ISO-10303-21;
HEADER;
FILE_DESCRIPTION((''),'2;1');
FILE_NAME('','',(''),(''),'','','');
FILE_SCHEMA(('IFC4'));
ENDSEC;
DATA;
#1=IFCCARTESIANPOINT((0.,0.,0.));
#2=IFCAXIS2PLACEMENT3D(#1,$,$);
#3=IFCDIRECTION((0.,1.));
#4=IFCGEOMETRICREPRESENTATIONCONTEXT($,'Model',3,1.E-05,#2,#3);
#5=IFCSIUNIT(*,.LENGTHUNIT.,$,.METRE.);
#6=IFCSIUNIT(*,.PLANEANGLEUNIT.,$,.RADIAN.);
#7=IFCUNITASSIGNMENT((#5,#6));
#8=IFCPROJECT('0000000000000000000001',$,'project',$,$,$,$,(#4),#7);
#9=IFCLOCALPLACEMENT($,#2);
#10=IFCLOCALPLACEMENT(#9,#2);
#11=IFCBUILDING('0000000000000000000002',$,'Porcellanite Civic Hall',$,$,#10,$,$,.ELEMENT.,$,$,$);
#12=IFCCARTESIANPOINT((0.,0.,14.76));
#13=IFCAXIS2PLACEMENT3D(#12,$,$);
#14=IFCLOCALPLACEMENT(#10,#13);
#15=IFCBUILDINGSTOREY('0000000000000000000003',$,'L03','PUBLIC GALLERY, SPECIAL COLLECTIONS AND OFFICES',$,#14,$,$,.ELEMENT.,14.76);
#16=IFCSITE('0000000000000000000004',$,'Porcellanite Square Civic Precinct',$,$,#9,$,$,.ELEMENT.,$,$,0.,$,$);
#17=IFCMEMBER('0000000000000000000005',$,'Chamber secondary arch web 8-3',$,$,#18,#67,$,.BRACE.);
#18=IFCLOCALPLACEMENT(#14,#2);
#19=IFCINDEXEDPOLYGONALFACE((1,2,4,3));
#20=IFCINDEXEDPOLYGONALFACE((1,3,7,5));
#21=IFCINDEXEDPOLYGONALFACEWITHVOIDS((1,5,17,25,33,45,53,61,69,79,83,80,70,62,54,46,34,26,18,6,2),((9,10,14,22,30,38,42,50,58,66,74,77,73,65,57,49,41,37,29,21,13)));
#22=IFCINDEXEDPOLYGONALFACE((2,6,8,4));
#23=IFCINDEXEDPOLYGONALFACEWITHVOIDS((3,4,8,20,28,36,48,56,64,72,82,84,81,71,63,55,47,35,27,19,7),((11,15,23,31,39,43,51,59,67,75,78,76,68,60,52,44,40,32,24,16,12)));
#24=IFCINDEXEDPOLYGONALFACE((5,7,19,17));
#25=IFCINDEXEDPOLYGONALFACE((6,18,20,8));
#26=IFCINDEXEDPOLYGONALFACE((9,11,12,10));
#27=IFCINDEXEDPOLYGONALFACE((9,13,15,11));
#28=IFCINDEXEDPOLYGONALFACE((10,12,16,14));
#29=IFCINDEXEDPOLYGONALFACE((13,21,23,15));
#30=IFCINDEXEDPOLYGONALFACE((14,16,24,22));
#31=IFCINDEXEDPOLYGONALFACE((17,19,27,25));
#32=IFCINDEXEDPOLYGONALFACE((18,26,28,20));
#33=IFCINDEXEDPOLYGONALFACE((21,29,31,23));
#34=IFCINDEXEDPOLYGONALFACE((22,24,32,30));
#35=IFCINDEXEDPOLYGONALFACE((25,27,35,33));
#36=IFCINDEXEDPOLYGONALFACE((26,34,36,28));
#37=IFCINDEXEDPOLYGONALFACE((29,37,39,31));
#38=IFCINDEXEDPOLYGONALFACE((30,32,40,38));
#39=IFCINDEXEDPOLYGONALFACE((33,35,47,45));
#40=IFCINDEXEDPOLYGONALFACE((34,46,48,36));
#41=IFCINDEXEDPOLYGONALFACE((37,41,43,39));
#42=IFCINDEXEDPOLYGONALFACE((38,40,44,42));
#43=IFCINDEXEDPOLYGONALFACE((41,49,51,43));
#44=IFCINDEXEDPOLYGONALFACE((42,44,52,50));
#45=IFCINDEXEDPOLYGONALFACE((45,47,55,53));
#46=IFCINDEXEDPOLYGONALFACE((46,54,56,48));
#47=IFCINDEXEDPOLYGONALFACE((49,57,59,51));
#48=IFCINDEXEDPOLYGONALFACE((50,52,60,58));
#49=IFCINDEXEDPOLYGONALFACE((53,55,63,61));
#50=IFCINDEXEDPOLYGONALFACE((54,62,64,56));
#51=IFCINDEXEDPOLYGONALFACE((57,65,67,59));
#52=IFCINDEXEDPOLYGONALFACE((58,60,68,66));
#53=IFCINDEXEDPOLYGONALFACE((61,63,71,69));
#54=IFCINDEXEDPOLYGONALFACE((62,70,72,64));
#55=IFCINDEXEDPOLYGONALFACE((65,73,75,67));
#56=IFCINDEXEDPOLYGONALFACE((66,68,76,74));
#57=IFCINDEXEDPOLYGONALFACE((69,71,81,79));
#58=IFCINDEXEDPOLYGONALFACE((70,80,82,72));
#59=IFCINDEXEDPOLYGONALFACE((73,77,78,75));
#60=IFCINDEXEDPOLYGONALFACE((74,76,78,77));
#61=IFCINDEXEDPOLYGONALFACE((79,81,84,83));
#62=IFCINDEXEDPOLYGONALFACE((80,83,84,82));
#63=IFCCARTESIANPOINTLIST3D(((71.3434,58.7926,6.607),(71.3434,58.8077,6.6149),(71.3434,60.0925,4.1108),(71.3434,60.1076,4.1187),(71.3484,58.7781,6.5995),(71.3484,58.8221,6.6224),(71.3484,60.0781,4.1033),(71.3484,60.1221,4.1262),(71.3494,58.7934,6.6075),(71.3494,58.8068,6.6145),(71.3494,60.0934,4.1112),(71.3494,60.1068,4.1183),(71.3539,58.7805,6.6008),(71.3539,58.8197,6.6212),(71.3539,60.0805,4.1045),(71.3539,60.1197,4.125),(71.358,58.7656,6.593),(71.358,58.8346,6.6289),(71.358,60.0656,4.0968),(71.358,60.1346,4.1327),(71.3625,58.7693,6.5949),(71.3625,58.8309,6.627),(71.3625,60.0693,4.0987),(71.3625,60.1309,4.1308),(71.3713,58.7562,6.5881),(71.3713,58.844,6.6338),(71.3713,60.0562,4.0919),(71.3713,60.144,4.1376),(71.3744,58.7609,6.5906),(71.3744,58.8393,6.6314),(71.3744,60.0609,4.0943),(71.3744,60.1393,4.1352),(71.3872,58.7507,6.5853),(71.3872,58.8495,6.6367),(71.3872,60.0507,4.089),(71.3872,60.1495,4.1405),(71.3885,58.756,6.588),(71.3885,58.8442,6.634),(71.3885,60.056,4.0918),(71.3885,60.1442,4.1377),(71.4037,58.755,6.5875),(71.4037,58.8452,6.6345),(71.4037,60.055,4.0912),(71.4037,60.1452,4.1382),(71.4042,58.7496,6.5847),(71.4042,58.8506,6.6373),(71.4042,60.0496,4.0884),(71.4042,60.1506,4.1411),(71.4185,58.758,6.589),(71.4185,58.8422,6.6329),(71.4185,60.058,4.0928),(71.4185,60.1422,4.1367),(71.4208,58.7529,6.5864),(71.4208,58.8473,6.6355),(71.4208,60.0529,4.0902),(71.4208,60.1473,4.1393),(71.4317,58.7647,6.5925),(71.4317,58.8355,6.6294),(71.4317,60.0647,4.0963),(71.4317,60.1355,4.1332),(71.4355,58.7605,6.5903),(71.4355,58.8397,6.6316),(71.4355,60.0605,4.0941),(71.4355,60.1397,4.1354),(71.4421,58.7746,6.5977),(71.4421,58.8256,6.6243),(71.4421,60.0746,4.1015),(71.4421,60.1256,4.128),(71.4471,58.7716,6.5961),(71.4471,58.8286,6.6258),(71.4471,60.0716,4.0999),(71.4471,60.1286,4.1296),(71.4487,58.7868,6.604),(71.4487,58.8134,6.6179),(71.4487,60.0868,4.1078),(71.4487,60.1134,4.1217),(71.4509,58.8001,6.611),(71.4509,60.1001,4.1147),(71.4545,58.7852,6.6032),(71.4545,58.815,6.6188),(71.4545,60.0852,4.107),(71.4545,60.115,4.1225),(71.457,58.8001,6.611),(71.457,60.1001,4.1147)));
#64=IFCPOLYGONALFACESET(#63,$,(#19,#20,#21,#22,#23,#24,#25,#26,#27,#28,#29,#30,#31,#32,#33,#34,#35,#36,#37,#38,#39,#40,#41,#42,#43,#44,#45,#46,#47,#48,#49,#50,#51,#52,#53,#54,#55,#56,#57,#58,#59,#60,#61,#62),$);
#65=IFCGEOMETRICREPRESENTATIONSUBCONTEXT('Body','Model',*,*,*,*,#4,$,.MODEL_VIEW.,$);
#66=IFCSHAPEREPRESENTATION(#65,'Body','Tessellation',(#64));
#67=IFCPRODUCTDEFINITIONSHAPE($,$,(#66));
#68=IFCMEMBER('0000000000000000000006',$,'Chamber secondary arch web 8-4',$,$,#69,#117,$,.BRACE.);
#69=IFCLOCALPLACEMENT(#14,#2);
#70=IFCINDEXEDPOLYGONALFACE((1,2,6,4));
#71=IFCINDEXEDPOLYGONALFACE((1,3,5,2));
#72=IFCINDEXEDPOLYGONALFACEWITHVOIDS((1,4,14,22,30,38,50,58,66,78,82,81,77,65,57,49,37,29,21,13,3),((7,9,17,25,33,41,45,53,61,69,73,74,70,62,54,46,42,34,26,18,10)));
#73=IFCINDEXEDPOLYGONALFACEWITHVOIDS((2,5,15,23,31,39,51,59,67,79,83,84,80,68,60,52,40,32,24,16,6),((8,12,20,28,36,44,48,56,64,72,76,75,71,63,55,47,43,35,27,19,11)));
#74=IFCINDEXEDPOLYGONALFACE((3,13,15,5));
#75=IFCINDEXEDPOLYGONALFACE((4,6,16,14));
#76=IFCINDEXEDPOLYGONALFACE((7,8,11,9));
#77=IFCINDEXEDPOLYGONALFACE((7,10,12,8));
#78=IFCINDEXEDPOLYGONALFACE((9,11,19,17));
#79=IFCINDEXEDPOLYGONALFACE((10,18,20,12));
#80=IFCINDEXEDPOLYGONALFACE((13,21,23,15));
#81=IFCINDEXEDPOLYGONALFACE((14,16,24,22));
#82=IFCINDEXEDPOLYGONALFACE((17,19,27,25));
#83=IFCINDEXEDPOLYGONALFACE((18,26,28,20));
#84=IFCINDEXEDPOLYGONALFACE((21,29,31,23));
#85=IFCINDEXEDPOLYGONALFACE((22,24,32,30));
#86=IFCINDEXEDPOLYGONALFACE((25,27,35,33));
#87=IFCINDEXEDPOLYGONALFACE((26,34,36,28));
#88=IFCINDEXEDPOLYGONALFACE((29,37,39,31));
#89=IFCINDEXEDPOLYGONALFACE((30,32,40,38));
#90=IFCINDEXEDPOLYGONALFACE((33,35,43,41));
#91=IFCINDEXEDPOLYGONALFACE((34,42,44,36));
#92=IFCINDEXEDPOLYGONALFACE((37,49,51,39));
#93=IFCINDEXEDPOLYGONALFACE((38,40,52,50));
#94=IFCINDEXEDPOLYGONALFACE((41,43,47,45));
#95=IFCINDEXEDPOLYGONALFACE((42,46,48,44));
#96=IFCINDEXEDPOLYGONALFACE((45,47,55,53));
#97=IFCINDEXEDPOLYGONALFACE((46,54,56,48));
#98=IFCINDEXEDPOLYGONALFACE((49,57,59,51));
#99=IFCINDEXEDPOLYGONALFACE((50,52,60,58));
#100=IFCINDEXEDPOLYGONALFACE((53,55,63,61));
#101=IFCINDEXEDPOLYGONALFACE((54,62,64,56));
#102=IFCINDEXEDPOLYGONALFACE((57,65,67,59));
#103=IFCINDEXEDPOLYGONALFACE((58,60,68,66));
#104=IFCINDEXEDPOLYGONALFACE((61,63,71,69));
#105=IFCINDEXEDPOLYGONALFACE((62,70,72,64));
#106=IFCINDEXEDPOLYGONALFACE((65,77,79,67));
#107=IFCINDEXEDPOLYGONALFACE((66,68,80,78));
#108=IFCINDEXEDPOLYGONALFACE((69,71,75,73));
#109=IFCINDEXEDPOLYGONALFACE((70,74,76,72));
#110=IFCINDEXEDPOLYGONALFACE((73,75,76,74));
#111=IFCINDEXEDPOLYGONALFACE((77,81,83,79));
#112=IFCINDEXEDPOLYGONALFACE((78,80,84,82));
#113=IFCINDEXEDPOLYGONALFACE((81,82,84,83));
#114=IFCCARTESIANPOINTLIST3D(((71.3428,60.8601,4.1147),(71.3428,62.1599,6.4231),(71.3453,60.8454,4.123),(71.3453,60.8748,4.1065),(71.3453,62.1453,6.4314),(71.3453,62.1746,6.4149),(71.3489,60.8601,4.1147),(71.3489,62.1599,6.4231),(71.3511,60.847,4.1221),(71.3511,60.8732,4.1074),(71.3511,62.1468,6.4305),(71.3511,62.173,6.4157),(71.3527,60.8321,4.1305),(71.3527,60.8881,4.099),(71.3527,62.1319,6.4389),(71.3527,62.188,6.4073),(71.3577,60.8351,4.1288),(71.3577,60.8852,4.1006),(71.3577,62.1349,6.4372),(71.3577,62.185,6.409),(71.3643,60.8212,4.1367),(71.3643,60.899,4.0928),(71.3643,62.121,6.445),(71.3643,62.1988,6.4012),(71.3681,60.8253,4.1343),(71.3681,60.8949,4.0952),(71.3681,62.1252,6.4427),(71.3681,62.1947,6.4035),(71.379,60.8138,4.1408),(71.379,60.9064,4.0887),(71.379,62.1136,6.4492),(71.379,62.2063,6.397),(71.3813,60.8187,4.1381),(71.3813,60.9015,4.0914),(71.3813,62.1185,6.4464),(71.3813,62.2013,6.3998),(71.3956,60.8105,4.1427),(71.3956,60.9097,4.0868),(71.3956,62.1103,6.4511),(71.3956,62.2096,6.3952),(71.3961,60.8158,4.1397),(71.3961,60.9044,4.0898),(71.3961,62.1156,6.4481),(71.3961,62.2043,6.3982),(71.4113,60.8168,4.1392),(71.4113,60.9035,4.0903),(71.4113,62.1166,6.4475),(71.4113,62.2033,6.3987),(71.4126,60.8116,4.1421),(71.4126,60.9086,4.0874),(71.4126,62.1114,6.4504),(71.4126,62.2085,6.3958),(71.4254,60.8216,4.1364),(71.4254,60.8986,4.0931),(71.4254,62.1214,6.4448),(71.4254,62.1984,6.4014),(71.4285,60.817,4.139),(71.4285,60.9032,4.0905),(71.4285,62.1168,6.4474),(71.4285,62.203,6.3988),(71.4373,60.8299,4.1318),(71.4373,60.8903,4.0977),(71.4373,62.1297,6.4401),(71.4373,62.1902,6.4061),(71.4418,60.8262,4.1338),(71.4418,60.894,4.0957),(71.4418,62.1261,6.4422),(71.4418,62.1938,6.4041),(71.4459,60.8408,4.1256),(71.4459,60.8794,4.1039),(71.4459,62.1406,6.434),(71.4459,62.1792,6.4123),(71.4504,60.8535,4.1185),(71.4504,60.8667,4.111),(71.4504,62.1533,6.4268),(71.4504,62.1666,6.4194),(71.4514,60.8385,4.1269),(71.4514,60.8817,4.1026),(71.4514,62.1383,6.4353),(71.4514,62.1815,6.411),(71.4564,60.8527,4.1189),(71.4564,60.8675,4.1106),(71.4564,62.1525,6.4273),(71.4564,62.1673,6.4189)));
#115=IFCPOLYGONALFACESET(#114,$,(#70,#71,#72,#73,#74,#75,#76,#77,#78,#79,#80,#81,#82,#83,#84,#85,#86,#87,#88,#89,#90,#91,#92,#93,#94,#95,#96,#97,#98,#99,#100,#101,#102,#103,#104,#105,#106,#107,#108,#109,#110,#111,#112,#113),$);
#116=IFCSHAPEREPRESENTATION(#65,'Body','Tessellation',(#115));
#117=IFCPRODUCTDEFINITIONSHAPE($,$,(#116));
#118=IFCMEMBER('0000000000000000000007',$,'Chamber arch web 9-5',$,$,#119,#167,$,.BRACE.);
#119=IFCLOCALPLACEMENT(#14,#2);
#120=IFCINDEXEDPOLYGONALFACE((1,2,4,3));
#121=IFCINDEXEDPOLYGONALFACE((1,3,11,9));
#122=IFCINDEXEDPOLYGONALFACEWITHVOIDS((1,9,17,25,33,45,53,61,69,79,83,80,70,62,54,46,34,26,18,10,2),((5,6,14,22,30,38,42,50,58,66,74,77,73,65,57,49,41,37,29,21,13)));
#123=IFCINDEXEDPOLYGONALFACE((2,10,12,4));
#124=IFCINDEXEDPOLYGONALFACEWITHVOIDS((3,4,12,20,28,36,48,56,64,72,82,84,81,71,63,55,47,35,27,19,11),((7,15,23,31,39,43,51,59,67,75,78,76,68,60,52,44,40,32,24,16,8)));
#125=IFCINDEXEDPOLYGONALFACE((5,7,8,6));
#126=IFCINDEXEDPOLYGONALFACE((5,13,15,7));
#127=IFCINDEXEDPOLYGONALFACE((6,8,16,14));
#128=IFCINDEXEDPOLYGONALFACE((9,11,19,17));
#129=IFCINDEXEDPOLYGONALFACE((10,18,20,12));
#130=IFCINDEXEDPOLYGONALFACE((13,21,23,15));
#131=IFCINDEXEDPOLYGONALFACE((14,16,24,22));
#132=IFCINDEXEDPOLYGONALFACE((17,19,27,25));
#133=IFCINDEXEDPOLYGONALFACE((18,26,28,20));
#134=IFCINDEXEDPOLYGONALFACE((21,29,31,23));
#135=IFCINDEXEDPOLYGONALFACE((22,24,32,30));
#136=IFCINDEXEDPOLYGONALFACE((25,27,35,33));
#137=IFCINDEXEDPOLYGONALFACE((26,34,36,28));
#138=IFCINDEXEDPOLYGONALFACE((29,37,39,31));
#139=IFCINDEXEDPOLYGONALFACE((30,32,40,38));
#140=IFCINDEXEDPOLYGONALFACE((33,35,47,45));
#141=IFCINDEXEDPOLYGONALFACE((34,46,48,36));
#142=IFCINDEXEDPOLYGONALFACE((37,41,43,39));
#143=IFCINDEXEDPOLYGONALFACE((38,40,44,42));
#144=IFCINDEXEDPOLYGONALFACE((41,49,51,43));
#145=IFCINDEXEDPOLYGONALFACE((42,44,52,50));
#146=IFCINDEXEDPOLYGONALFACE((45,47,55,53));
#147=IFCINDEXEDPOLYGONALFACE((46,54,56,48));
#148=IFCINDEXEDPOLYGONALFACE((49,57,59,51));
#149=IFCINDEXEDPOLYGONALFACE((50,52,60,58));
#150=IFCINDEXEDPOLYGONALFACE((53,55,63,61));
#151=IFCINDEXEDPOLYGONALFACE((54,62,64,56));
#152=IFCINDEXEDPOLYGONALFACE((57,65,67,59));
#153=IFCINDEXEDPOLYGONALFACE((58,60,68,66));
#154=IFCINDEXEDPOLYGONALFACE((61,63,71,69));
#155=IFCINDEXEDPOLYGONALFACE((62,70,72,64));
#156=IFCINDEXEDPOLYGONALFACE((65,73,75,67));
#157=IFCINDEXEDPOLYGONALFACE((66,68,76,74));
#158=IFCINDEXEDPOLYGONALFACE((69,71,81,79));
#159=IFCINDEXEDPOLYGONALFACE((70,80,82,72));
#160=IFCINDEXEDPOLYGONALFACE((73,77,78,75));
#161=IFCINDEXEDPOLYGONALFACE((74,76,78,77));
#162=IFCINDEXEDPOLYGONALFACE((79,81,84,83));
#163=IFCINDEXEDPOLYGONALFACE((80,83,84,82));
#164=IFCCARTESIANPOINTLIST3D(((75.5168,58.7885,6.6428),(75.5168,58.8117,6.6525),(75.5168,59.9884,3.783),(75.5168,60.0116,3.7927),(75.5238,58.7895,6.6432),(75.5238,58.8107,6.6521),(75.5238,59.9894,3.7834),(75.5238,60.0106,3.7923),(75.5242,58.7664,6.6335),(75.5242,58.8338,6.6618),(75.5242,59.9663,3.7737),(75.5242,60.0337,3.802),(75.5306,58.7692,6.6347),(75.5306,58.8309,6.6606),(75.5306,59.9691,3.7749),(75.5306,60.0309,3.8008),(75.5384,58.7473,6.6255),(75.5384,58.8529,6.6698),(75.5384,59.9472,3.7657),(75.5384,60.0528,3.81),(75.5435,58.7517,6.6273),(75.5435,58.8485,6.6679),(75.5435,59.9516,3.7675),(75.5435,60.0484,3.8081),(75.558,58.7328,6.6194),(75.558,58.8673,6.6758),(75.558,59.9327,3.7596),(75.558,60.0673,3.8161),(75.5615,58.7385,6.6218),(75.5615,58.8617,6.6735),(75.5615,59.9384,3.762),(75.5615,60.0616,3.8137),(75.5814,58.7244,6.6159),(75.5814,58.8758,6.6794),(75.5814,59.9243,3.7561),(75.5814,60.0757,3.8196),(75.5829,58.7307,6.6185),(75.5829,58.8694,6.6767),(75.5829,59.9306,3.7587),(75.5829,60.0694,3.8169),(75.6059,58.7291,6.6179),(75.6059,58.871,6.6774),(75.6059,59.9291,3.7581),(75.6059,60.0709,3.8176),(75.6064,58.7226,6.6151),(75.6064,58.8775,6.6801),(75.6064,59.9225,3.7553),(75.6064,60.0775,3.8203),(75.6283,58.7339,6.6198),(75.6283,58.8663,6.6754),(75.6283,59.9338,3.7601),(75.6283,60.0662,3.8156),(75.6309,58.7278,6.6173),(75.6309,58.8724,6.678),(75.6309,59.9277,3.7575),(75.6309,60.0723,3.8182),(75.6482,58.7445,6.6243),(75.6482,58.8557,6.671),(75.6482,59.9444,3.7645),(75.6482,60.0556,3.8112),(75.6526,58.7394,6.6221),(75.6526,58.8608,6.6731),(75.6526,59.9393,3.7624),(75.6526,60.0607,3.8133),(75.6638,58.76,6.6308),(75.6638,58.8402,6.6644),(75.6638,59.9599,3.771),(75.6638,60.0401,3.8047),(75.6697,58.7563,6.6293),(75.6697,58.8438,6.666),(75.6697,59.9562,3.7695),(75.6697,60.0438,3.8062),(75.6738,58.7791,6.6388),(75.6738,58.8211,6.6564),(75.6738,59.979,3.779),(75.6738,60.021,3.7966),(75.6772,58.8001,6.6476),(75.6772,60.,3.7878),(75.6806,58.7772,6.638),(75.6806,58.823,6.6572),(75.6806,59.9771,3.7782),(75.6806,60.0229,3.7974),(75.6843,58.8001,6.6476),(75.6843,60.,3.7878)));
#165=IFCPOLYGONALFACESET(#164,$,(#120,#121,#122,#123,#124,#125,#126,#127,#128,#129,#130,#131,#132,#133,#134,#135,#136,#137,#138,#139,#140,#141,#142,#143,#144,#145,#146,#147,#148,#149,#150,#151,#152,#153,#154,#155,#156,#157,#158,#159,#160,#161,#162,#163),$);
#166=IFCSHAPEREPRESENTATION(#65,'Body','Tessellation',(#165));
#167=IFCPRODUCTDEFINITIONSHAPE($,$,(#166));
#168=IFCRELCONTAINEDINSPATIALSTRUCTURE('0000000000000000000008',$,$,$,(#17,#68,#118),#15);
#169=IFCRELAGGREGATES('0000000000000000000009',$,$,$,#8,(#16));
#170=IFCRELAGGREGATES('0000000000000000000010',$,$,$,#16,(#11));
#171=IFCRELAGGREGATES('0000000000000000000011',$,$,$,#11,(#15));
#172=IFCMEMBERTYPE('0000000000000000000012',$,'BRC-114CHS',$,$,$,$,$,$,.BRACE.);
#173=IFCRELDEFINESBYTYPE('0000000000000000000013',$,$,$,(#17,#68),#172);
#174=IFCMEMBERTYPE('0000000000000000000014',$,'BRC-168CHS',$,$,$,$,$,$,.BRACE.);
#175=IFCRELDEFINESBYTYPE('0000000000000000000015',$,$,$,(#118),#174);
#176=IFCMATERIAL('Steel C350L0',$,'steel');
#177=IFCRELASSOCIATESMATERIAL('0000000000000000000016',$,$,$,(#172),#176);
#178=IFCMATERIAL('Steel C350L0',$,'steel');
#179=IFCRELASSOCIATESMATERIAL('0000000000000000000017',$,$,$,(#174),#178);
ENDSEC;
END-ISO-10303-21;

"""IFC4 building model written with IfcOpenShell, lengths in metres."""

from ifc_helpers import new_model, si_unit, direction, frame, origin, origin_2d, place, context, subcontext, project, spatial, hollow_circle, extrude, material, material_profile, profile_set, type_object, element, save


model = new_model("IFC4")

# Units and contexts
model_context = context("Model", 3, precision=1e-05, world=origin(), true_north=direction((0.0, 1.0)))
body_context = subcontext(model_context, "Body", "Model", "MODEL_VIEW")
ifc_project = project(units=[si_unit("LENGTHUNIT", "METRE"), si_unit("PLANEANGLEUNIT", "RADIAN")], contexts=[model_context])

# Site, building, storey
site_placement = place(None, origin())
site = spatial("IfcSite", under=ifc_project, at=site_placement, Name="Porcellanite Square Civic Precinct", CompositionType="ELEMENT", RefElevation=0.0)
building_placement = place(site_placement, origin())
building = spatial("IfcBuilding", under=site, at=building_placement, Name="Porcellanite Civic Hall", CompositionType="ELEMENT")
storey_placement = place(building_placement, frame((0.0, 0.0, 14.76)))
storey = spatial("IfcBuildingStorey", under=building, at=storey_placement, Name="L03", Description="PUBLIC GALLERY, SPECIAL COLLECTIONS AND OFFICES", CompositionType="ELEMENT", Elevation=14.76)

# Members
ifc_material_1 = material(Name="Steel C350L0", Category="steel")
ifc_material_profile_1 = material_profile(ifc_material_1, hollow_circle(Radius=0.0571, WallThickness=0.0061, at=origin_2d()), Name="114.3x6.0CHS")
ifc_profile_set_1 = profile_set([ifc_material_profile_1], Name="Steel C350L0")
member_type_1 = type_object("IfcMemberType", Name="BRC-114CHS", PredefinedType="BRACE", material=ifc_profile_set_1)
member_1_placement = place(storey_placement, frame((71.3999, 60.1001, 4.1147), z_axis=(0.0, -0.461899, 0.886933), x_axis=(1.0, 0.0, 0.0)))
element("IfcMember", 1, at=member_1_placement, inside=storey, type_object=member_type_1, Name="Chamber secondary arch web 8-3", PredefinedType="BRACE", context=body_context, shape_type="SweptSolid", body=[
    extrude(hollow_circle(Radius=0.0571, WallThickness=0.0061, at=origin_2d()), origin(), (0.0, 0.0, 1.0), 2.8145),
])
member_2_placement = place(storey_placement, frame((71.3999, 60.8601, 4.1147), z_axis=(0.0, 0.490651, 0.871356), x_axis=(-1.0, 0.0, 0.0)))
element("IfcMember", 2, at=member_2_placement, inside=storey, type_object=member_type_1, Name="Chamber secondary arch web 8-4", PredefinedType="BRACE", context=body_context, shape_type="SweptSolid", body=[
    extrude(hollow_circle(Radius=0.0571, WallThickness=0.0061, at=origin_2d()), origin(), (0.0, 0.0, 1.0), 2.6492),
])
ifc_material_2 = material(Name="Steel C350L0", Category="steel")
ifc_material_profile_2 = material_profile(ifc_material_2, hollow_circle(Radius=0.0842, WallThickness=0.0071, at=origin_2d()), Name="168.3x7.1CHS")
ifc_profile_set_2 = profile_set([ifc_material_profile_2], Name="Steel C350L0")
member_type_2 = type_object("IfcMemberType", Name="BRC-168CHS", PredefinedType="BRACE", material=ifc_profile_set_2)
member_3_placement = place(storey_placement, frame((75.6001, 60.0, 3.7878), z_axis=(0.0, -0.386906, 0.922119), x_axis=(1.0, 0.0, 0.0)))
element("IfcMember", 3, at=member_3_placement, inside=storey, type_object=member_type_2, Name="Chamber arch web 9-5", PredefinedType="BRACE", context=body_context, shape_type="SweptSolid", body=[
    extrude(hollow_circle(Radius=0.0842, WallThickness=0.0071, at=origin_2d()), origin(), (0.0, 0.0, 1.0), 3.1013),
])

save(model, "model.ifc")
